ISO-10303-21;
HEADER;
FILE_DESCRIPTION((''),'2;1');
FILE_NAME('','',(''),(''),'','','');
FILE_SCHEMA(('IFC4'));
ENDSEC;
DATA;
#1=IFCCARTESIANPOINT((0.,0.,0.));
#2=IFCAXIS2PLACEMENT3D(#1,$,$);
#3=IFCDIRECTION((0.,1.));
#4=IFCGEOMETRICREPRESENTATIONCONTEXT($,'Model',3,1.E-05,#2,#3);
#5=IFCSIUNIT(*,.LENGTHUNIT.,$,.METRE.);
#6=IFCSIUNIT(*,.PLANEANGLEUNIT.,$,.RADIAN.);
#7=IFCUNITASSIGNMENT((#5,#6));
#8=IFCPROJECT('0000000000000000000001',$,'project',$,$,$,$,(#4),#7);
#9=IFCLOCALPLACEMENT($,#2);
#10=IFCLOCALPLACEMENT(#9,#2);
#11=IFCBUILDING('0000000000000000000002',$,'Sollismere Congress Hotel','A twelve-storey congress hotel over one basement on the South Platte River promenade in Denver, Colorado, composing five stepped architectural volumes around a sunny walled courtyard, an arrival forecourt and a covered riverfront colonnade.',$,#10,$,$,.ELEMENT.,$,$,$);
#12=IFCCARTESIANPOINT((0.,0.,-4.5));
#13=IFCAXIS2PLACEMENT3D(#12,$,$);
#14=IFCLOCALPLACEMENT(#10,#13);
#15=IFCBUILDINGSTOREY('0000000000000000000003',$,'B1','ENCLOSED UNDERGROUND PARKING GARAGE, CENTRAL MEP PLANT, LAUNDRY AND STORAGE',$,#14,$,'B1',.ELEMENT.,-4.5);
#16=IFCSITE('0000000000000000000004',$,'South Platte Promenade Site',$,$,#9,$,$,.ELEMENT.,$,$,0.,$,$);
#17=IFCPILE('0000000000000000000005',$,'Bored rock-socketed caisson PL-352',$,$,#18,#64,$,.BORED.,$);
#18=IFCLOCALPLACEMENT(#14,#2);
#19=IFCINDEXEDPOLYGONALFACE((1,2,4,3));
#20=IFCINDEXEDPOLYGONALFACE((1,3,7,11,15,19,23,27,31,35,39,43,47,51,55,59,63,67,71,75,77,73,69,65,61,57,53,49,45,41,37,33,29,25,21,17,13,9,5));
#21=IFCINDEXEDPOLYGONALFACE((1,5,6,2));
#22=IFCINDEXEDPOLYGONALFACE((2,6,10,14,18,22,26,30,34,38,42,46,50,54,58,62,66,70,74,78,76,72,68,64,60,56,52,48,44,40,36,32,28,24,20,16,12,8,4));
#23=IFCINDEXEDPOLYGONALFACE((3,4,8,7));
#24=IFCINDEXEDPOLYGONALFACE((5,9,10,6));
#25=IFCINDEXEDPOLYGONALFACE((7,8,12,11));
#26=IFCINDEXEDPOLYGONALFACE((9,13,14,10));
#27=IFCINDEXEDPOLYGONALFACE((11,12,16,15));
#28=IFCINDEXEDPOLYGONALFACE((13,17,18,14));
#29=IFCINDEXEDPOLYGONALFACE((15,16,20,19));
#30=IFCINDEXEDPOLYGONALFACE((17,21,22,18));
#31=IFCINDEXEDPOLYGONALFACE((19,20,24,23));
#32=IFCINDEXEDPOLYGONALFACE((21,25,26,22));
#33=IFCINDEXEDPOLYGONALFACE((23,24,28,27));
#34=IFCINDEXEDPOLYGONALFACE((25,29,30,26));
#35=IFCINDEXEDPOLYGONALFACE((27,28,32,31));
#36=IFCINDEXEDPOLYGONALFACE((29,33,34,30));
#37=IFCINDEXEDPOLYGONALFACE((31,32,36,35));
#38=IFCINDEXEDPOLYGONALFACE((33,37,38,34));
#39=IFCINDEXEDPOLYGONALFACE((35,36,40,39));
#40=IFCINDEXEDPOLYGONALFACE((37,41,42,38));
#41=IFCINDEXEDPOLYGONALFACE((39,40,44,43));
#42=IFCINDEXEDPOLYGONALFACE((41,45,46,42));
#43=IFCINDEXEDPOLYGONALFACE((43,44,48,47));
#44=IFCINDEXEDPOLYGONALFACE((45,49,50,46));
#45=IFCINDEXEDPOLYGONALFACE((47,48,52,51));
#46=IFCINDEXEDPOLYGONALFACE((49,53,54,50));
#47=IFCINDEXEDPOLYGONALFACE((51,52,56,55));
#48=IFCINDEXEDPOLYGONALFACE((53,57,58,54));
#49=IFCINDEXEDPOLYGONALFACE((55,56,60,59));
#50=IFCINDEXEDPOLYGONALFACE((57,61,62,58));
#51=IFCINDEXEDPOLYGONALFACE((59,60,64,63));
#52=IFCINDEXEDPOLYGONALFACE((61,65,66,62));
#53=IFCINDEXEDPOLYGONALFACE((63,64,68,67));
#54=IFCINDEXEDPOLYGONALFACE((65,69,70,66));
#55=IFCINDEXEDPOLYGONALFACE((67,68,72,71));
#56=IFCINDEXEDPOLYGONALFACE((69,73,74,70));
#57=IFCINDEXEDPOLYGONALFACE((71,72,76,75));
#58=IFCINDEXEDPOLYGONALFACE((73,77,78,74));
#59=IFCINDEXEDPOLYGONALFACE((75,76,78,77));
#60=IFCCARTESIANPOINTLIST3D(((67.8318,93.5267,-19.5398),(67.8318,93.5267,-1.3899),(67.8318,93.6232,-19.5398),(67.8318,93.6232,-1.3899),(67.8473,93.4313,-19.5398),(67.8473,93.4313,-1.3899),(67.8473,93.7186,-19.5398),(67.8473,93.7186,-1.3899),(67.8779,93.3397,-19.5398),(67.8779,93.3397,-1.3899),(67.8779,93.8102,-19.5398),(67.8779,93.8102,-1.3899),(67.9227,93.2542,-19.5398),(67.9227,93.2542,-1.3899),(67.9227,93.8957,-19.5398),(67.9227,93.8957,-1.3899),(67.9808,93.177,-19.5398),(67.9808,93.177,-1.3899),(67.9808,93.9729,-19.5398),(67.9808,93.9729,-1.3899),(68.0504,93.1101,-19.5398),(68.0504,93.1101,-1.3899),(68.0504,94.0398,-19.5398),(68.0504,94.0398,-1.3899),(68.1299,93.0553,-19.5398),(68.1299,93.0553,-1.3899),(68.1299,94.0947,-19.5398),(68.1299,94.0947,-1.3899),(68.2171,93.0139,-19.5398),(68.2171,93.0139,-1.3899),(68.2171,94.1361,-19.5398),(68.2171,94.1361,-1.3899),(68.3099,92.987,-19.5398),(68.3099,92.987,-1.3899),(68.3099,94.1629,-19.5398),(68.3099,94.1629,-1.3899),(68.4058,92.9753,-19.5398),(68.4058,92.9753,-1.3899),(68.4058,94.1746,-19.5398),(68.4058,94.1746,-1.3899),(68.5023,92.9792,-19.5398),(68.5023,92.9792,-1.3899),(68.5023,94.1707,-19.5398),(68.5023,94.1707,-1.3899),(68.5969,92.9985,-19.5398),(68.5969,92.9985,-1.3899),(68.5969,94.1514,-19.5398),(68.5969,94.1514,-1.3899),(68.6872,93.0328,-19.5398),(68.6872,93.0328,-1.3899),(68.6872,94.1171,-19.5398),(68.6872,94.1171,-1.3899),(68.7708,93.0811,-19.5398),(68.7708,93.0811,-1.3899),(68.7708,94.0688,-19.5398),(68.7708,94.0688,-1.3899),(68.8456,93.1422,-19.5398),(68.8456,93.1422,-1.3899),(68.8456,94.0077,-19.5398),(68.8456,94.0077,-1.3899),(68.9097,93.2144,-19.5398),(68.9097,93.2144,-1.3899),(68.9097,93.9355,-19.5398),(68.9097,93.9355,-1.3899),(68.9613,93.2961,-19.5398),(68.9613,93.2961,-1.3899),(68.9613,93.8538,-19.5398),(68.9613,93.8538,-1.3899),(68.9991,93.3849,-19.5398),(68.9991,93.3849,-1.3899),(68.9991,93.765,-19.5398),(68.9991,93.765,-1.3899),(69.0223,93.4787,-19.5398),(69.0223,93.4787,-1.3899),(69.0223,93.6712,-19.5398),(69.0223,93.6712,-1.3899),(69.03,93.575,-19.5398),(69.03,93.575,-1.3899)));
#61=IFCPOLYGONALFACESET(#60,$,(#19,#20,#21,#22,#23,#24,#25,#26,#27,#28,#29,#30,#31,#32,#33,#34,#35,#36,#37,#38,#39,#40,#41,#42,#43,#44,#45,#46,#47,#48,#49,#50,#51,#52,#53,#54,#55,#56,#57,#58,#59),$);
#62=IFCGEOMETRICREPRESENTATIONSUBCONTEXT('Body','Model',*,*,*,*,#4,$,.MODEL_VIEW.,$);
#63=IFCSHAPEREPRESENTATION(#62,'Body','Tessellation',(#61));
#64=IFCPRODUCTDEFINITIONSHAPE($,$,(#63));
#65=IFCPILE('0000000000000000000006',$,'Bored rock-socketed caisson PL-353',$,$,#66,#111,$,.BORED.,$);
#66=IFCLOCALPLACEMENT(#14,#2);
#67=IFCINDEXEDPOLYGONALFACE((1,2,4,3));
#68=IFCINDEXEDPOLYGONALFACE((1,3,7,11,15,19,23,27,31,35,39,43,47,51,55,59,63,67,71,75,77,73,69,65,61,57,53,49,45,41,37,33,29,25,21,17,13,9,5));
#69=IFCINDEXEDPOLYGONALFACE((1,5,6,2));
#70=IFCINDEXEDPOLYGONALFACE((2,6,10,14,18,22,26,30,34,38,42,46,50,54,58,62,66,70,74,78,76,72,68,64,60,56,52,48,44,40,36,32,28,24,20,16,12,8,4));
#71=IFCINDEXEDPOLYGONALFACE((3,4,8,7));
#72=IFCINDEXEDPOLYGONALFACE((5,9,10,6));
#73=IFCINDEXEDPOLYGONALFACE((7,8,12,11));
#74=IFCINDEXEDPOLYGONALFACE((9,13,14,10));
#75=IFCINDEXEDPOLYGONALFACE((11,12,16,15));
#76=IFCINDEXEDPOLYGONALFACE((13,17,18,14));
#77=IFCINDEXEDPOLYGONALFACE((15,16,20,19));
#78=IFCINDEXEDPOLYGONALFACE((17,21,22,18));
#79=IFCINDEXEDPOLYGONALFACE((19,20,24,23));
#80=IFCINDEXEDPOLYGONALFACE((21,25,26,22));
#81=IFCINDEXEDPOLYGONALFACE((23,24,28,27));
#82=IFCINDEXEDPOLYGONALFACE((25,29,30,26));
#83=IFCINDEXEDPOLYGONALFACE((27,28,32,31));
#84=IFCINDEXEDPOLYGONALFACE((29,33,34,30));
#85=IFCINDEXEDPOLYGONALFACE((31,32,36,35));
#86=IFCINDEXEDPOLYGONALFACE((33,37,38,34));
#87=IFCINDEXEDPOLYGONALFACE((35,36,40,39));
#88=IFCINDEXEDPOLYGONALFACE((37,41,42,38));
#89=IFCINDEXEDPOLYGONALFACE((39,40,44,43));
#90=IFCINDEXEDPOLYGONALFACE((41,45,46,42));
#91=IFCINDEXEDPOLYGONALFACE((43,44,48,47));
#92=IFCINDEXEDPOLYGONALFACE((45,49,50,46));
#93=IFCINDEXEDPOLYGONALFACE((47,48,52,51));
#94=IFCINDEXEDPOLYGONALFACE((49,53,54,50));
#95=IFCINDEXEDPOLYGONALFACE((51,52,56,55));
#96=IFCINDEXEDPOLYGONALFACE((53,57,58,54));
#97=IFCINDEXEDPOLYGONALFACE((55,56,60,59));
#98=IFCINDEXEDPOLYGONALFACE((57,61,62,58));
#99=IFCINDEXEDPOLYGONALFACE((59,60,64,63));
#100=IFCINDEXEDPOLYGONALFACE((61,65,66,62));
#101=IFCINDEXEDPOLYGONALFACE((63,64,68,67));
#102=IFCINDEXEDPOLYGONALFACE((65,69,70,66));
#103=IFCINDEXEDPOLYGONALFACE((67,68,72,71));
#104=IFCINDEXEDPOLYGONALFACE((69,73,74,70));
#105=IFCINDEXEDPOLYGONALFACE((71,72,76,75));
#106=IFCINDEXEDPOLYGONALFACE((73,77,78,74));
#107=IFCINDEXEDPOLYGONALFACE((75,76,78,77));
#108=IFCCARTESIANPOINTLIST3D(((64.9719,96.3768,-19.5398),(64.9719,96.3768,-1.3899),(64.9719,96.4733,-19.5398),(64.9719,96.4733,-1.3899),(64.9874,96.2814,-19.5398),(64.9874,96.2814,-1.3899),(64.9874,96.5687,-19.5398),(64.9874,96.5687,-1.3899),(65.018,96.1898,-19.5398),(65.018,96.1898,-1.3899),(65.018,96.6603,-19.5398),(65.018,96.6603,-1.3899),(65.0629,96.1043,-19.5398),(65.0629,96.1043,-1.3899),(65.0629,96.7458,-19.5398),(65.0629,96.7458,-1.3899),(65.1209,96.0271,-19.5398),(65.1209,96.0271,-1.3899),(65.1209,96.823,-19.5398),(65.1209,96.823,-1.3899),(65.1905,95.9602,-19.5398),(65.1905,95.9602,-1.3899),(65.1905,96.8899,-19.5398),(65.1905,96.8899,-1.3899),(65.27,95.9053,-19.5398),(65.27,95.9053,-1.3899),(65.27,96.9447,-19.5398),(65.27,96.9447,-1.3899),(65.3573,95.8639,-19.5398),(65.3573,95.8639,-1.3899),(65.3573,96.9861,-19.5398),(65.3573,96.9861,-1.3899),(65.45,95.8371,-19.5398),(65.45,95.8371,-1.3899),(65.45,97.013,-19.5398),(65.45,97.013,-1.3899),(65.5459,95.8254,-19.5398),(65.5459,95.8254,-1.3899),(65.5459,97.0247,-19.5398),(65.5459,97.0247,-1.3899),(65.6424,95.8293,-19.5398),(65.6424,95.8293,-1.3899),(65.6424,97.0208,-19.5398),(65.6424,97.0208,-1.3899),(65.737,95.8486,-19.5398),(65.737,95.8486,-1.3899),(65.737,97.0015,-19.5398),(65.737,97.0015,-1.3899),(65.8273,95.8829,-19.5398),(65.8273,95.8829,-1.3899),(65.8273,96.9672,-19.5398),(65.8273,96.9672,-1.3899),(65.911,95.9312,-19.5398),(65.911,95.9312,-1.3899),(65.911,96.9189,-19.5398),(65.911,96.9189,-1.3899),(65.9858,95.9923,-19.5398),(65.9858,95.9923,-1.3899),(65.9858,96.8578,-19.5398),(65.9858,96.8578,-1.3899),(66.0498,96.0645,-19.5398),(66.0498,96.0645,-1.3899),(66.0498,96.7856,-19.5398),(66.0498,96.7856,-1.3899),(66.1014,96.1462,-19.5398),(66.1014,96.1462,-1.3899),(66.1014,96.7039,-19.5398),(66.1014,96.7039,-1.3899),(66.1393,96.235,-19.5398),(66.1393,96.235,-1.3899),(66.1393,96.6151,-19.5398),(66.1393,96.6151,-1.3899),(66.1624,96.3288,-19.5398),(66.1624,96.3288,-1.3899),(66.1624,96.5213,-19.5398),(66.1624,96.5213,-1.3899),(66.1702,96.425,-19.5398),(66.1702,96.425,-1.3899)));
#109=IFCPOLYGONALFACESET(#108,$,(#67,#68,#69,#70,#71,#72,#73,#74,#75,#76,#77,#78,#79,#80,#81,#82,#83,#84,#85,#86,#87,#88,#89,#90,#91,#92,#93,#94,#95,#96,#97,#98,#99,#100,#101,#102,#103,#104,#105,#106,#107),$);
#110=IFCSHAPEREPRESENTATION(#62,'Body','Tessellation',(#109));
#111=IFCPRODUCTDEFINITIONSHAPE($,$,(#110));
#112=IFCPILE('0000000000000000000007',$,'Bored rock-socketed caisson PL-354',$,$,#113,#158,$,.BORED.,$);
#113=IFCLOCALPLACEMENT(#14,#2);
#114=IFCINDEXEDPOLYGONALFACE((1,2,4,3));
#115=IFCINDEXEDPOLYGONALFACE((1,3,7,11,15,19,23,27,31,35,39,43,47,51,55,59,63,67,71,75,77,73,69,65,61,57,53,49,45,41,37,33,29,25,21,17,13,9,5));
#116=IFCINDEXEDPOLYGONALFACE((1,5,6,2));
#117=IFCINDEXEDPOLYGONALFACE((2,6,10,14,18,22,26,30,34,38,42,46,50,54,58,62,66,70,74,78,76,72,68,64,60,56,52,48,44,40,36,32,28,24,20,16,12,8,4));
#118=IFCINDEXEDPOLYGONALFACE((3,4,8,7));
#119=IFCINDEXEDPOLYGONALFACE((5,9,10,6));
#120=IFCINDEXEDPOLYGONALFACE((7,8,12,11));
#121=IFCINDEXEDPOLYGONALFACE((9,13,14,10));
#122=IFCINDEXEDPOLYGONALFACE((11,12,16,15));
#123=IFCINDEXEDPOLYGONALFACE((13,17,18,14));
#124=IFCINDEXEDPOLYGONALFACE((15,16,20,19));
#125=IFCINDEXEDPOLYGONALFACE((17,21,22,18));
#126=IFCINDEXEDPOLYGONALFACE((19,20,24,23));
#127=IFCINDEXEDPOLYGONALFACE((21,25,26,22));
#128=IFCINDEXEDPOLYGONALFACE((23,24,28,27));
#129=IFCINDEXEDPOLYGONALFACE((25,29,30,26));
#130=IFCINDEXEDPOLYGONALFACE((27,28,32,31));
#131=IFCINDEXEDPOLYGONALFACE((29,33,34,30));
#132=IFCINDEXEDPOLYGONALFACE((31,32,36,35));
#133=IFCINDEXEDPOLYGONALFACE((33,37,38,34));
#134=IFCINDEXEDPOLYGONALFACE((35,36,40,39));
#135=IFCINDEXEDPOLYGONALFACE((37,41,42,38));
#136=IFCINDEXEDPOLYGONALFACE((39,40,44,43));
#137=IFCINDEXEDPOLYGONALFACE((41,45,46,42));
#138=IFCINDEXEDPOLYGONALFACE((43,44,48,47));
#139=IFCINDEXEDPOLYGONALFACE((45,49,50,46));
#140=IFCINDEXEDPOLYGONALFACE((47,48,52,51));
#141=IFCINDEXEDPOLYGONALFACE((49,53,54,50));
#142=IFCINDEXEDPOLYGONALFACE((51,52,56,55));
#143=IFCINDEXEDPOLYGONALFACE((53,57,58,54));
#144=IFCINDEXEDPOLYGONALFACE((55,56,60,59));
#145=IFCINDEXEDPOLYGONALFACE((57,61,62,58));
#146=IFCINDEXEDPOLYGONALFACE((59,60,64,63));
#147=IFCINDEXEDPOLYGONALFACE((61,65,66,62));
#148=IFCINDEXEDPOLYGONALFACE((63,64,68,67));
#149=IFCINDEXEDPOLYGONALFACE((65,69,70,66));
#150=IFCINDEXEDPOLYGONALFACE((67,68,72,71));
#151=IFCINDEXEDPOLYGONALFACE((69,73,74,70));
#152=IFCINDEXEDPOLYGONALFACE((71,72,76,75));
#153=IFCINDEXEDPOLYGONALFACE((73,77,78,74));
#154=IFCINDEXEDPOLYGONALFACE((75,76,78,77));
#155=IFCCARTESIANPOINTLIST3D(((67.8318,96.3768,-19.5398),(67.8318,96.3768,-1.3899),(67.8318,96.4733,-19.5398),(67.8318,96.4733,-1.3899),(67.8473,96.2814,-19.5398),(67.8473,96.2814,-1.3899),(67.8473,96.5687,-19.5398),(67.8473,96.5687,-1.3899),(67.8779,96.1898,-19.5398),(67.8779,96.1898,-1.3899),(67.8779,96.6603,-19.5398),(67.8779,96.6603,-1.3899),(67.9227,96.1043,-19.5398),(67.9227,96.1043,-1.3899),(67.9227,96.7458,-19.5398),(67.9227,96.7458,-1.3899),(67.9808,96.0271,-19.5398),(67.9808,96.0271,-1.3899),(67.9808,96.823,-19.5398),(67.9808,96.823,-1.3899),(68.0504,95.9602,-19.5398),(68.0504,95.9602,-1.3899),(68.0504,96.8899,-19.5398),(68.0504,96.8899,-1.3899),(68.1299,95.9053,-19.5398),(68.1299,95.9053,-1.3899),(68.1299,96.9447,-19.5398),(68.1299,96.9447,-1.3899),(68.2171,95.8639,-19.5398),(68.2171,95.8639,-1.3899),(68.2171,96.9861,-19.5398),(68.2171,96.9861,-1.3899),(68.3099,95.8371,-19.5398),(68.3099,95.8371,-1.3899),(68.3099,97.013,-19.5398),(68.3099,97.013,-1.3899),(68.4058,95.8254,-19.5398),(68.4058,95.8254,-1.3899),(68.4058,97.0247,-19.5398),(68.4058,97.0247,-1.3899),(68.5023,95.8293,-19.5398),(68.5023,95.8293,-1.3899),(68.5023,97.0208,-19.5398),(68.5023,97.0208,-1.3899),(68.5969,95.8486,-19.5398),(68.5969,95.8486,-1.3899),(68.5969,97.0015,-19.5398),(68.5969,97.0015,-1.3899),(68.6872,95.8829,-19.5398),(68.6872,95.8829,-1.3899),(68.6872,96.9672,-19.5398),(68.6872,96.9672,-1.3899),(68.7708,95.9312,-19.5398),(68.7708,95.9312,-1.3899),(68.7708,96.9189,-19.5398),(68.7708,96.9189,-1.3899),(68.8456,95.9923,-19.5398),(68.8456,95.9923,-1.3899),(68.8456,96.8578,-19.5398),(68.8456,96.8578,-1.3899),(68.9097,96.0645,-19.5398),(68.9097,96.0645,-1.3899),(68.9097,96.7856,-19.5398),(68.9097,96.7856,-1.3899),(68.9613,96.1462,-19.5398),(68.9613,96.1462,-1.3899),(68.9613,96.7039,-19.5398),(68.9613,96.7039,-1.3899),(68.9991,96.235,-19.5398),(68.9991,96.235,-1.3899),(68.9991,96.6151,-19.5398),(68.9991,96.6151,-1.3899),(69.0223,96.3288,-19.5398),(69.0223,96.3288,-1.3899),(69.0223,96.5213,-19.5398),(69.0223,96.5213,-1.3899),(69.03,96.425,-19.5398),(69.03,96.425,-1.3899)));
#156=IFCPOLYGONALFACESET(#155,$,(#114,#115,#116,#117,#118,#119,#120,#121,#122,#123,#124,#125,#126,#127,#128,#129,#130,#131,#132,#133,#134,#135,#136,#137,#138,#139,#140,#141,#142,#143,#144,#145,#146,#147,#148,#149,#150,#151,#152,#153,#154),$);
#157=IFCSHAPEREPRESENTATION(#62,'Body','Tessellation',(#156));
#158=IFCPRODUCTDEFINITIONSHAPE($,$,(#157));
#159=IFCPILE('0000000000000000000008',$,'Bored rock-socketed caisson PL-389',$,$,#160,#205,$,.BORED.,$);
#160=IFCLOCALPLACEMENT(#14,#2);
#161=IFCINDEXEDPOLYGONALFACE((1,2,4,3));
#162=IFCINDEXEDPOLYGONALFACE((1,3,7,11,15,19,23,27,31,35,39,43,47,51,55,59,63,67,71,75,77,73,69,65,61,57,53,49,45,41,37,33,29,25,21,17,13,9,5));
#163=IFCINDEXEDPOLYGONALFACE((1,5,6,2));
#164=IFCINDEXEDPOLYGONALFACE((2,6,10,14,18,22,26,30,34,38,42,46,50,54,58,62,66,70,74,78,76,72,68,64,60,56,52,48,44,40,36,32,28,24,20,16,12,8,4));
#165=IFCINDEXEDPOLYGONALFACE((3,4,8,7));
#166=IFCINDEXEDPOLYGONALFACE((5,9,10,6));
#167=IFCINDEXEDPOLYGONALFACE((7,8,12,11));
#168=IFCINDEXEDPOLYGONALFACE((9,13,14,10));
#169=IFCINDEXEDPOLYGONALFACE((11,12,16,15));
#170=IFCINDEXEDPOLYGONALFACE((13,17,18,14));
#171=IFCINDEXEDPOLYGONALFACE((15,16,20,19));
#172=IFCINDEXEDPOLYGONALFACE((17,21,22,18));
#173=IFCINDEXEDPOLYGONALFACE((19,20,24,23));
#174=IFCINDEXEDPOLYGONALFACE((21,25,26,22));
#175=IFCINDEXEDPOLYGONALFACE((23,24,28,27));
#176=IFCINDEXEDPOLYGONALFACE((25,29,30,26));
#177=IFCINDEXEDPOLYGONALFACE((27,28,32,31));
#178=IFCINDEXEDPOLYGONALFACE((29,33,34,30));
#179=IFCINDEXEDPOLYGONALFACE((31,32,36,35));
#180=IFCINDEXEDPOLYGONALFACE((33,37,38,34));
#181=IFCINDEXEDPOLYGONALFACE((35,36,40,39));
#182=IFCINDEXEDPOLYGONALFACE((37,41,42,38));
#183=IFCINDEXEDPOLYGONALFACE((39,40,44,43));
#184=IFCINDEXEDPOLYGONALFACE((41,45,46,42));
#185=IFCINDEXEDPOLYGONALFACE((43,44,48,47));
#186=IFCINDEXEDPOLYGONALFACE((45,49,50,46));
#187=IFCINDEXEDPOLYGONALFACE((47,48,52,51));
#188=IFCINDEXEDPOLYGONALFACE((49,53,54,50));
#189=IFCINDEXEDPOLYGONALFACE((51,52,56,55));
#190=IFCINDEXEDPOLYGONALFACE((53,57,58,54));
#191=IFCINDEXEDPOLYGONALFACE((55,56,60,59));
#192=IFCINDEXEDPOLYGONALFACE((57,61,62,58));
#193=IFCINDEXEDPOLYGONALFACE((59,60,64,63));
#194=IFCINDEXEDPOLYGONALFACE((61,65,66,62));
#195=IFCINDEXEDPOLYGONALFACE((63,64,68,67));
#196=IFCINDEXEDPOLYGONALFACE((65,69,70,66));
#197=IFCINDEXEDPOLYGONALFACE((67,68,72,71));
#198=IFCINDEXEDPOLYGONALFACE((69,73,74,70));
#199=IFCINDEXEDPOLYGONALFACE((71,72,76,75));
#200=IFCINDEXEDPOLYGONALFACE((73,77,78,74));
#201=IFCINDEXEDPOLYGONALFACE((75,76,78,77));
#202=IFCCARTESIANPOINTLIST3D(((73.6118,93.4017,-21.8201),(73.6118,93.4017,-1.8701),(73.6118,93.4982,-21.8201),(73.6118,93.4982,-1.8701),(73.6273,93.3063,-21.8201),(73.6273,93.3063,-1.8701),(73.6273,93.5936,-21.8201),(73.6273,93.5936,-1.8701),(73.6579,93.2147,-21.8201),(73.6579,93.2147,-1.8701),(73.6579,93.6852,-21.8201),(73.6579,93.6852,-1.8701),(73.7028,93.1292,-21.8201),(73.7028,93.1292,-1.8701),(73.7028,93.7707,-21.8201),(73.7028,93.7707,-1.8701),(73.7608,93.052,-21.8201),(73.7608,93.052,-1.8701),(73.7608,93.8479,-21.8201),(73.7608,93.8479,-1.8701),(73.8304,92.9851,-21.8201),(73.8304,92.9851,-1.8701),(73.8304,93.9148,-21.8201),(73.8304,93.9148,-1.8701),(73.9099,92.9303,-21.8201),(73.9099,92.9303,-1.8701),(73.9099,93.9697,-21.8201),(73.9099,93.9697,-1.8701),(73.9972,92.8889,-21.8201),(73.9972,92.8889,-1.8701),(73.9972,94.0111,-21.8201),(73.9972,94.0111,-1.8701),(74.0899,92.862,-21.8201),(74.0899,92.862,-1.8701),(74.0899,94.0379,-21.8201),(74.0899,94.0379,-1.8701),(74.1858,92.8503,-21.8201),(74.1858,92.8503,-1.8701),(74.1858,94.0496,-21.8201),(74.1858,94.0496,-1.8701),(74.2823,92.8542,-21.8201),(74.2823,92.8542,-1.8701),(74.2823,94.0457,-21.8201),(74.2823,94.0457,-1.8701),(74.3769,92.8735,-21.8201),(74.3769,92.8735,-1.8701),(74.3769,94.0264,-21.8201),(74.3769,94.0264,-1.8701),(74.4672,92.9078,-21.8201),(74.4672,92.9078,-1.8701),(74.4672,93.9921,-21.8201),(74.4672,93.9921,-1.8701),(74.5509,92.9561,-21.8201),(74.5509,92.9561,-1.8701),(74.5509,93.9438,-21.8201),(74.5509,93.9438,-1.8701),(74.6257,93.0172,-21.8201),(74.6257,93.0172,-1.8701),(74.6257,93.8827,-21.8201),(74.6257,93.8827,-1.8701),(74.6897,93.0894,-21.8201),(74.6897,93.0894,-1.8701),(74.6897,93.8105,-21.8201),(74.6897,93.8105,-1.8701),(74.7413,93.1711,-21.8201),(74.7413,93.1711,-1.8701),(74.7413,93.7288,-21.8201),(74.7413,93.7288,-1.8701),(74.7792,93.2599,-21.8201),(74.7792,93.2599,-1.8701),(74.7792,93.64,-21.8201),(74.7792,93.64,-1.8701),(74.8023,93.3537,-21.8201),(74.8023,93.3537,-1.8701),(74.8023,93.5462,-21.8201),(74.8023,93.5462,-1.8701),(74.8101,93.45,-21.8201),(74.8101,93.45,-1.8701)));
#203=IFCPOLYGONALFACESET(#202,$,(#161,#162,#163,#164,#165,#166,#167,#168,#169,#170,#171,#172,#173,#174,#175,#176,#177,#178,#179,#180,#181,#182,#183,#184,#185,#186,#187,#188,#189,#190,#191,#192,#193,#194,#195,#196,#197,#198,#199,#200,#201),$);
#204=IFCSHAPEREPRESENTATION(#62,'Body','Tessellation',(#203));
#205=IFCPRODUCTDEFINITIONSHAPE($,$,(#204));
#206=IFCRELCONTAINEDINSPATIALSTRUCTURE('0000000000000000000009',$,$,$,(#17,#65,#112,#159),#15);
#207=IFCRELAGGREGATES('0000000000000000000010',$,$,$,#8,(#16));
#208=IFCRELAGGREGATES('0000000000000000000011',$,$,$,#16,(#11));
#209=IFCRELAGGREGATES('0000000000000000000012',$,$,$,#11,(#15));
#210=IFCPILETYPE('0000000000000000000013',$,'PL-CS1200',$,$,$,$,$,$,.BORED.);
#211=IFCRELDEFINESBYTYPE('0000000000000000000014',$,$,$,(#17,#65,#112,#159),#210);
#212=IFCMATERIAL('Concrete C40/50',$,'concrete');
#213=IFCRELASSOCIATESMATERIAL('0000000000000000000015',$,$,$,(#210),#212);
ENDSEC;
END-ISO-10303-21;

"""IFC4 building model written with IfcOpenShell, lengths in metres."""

from ifc_helpers import new_model, si_unit, direction, frame, origin, origin_2d, place, context, subcontext, project, spatial, circle, extrude, material, material_profile, profile_set, type_object, element, save


model = new_model("IFC4")

# Units and contexts
model_context = context("Model", 3, precision=1e-05, world=origin(), true_north=direction((0.0, 1.0)))
body_context = subcontext(model_context, "Body", "Model", "MODEL_VIEW")
ifc_project = project(units=[si_unit("LENGTHUNIT", "METRE"), si_unit("PLANEANGLEUNIT", "RADIAN")], contexts=[model_context])

# Site, building, storey
site_placement = place(None, origin())
site = spatial("IfcSite", under=ifc_project, at=site_placement, Name="South Platte Promenade Site", CompositionType="ELEMENT", RefElevation=0.0)
building_placement = place(site_placement, origin())
building = spatial("IfcBuilding", under=site, at=building_placement, Name="Sollismere Congress Hotel", Description="A twelve-storey congress hotel over one basement on the South Platte River promenade in Denver, Colorado, composing five stepped architectural volumes around a sunny walled courtyard, an arrival forecourt and a covered riverfront colonnade.", CompositionType="ELEMENT")
storey_placement = place(building_placement, frame((0.0, 0.0, -4.5)))
storey = spatial("IfcBuildingStorey", under=building, at=storey_placement, Name="B1", Description="ENCLOSED UNDERGROUND PARKING GARAGE, CENTRAL MEP PLANT, LAUNDRY AND STORAGE", LongName="B1", CompositionType="ELEMENT", Elevation=-4.5)

# Shared definitions
ifc_material_1 = material(Name="Concrete C40/50", Category="concrete")

# Piles
ifc_material_profile_1 = material_profile(ifc_material_1, circle(Radius=0.6001, at=origin_2d()), Name="CAISSON1200")
ifc_profile_set_1 = profile_set([ifc_material_profile_1], Name="Concrete C40/50")
pile_type = type_object("IfcPileType", Name="PL-CS1200", PredefinedType="BORED", material=ifc_profile_set_1)
for number, where, z_axis, x_axis, name in (
    (1, (68.4299, 93.575, -1.3899), (0.0, 0.0, -1.0), (1.0, 0.0, 0.0), "Bored rock-socketed caisson PL-352"),
    (2, (65.5701, 96.425, -1.3899), (0.0, 0.0, -1.0), (1.0, 0.0, 0.0), "Bored rock-socketed caisson PL-353"),
    (3, (68.4299, 96.425, -1.3899), (0.0, 0.0, -1.0), (1.0, 0.0, 0.0), "Bored rock-socketed caisson PL-354"),
):
    element("IfcPile", number, at=place(storey_placement, frame(where, z_axis=z_axis, x_axis=x_axis)), inside=storey, type_object=pile_type, Name=name, PredefinedType="BORED", context=body_context, shape_type="SweptSolid", body=[
        extrude(circle(Radius=0.6001, at=origin_2d()), origin(), (0.0, 0.0, 1.0), 18.1499),
    ])
for number, where, z_axis, x_axis, name in (
    (4, (74.21, 93.45, -1.8701), (0.0, 0.0, -1.0), (1.0, 0.0, 0.0), "Bored rock-socketed caisson PL-389"),
):
    element("IfcPile", number, at=place(storey_placement, frame(where, z_axis=z_axis, x_axis=x_axis)), inside=storey, type_object=pile_type, Name=name, PredefinedType="BORED", context=body_context, shape_type="SweptSolid", body=[
        extrude(circle(Radius=0.6001, at=origin_2d()), origin(), (0.0, 0.0, 1.0), 19.95),
    ])

save(model, "model.ifc")
